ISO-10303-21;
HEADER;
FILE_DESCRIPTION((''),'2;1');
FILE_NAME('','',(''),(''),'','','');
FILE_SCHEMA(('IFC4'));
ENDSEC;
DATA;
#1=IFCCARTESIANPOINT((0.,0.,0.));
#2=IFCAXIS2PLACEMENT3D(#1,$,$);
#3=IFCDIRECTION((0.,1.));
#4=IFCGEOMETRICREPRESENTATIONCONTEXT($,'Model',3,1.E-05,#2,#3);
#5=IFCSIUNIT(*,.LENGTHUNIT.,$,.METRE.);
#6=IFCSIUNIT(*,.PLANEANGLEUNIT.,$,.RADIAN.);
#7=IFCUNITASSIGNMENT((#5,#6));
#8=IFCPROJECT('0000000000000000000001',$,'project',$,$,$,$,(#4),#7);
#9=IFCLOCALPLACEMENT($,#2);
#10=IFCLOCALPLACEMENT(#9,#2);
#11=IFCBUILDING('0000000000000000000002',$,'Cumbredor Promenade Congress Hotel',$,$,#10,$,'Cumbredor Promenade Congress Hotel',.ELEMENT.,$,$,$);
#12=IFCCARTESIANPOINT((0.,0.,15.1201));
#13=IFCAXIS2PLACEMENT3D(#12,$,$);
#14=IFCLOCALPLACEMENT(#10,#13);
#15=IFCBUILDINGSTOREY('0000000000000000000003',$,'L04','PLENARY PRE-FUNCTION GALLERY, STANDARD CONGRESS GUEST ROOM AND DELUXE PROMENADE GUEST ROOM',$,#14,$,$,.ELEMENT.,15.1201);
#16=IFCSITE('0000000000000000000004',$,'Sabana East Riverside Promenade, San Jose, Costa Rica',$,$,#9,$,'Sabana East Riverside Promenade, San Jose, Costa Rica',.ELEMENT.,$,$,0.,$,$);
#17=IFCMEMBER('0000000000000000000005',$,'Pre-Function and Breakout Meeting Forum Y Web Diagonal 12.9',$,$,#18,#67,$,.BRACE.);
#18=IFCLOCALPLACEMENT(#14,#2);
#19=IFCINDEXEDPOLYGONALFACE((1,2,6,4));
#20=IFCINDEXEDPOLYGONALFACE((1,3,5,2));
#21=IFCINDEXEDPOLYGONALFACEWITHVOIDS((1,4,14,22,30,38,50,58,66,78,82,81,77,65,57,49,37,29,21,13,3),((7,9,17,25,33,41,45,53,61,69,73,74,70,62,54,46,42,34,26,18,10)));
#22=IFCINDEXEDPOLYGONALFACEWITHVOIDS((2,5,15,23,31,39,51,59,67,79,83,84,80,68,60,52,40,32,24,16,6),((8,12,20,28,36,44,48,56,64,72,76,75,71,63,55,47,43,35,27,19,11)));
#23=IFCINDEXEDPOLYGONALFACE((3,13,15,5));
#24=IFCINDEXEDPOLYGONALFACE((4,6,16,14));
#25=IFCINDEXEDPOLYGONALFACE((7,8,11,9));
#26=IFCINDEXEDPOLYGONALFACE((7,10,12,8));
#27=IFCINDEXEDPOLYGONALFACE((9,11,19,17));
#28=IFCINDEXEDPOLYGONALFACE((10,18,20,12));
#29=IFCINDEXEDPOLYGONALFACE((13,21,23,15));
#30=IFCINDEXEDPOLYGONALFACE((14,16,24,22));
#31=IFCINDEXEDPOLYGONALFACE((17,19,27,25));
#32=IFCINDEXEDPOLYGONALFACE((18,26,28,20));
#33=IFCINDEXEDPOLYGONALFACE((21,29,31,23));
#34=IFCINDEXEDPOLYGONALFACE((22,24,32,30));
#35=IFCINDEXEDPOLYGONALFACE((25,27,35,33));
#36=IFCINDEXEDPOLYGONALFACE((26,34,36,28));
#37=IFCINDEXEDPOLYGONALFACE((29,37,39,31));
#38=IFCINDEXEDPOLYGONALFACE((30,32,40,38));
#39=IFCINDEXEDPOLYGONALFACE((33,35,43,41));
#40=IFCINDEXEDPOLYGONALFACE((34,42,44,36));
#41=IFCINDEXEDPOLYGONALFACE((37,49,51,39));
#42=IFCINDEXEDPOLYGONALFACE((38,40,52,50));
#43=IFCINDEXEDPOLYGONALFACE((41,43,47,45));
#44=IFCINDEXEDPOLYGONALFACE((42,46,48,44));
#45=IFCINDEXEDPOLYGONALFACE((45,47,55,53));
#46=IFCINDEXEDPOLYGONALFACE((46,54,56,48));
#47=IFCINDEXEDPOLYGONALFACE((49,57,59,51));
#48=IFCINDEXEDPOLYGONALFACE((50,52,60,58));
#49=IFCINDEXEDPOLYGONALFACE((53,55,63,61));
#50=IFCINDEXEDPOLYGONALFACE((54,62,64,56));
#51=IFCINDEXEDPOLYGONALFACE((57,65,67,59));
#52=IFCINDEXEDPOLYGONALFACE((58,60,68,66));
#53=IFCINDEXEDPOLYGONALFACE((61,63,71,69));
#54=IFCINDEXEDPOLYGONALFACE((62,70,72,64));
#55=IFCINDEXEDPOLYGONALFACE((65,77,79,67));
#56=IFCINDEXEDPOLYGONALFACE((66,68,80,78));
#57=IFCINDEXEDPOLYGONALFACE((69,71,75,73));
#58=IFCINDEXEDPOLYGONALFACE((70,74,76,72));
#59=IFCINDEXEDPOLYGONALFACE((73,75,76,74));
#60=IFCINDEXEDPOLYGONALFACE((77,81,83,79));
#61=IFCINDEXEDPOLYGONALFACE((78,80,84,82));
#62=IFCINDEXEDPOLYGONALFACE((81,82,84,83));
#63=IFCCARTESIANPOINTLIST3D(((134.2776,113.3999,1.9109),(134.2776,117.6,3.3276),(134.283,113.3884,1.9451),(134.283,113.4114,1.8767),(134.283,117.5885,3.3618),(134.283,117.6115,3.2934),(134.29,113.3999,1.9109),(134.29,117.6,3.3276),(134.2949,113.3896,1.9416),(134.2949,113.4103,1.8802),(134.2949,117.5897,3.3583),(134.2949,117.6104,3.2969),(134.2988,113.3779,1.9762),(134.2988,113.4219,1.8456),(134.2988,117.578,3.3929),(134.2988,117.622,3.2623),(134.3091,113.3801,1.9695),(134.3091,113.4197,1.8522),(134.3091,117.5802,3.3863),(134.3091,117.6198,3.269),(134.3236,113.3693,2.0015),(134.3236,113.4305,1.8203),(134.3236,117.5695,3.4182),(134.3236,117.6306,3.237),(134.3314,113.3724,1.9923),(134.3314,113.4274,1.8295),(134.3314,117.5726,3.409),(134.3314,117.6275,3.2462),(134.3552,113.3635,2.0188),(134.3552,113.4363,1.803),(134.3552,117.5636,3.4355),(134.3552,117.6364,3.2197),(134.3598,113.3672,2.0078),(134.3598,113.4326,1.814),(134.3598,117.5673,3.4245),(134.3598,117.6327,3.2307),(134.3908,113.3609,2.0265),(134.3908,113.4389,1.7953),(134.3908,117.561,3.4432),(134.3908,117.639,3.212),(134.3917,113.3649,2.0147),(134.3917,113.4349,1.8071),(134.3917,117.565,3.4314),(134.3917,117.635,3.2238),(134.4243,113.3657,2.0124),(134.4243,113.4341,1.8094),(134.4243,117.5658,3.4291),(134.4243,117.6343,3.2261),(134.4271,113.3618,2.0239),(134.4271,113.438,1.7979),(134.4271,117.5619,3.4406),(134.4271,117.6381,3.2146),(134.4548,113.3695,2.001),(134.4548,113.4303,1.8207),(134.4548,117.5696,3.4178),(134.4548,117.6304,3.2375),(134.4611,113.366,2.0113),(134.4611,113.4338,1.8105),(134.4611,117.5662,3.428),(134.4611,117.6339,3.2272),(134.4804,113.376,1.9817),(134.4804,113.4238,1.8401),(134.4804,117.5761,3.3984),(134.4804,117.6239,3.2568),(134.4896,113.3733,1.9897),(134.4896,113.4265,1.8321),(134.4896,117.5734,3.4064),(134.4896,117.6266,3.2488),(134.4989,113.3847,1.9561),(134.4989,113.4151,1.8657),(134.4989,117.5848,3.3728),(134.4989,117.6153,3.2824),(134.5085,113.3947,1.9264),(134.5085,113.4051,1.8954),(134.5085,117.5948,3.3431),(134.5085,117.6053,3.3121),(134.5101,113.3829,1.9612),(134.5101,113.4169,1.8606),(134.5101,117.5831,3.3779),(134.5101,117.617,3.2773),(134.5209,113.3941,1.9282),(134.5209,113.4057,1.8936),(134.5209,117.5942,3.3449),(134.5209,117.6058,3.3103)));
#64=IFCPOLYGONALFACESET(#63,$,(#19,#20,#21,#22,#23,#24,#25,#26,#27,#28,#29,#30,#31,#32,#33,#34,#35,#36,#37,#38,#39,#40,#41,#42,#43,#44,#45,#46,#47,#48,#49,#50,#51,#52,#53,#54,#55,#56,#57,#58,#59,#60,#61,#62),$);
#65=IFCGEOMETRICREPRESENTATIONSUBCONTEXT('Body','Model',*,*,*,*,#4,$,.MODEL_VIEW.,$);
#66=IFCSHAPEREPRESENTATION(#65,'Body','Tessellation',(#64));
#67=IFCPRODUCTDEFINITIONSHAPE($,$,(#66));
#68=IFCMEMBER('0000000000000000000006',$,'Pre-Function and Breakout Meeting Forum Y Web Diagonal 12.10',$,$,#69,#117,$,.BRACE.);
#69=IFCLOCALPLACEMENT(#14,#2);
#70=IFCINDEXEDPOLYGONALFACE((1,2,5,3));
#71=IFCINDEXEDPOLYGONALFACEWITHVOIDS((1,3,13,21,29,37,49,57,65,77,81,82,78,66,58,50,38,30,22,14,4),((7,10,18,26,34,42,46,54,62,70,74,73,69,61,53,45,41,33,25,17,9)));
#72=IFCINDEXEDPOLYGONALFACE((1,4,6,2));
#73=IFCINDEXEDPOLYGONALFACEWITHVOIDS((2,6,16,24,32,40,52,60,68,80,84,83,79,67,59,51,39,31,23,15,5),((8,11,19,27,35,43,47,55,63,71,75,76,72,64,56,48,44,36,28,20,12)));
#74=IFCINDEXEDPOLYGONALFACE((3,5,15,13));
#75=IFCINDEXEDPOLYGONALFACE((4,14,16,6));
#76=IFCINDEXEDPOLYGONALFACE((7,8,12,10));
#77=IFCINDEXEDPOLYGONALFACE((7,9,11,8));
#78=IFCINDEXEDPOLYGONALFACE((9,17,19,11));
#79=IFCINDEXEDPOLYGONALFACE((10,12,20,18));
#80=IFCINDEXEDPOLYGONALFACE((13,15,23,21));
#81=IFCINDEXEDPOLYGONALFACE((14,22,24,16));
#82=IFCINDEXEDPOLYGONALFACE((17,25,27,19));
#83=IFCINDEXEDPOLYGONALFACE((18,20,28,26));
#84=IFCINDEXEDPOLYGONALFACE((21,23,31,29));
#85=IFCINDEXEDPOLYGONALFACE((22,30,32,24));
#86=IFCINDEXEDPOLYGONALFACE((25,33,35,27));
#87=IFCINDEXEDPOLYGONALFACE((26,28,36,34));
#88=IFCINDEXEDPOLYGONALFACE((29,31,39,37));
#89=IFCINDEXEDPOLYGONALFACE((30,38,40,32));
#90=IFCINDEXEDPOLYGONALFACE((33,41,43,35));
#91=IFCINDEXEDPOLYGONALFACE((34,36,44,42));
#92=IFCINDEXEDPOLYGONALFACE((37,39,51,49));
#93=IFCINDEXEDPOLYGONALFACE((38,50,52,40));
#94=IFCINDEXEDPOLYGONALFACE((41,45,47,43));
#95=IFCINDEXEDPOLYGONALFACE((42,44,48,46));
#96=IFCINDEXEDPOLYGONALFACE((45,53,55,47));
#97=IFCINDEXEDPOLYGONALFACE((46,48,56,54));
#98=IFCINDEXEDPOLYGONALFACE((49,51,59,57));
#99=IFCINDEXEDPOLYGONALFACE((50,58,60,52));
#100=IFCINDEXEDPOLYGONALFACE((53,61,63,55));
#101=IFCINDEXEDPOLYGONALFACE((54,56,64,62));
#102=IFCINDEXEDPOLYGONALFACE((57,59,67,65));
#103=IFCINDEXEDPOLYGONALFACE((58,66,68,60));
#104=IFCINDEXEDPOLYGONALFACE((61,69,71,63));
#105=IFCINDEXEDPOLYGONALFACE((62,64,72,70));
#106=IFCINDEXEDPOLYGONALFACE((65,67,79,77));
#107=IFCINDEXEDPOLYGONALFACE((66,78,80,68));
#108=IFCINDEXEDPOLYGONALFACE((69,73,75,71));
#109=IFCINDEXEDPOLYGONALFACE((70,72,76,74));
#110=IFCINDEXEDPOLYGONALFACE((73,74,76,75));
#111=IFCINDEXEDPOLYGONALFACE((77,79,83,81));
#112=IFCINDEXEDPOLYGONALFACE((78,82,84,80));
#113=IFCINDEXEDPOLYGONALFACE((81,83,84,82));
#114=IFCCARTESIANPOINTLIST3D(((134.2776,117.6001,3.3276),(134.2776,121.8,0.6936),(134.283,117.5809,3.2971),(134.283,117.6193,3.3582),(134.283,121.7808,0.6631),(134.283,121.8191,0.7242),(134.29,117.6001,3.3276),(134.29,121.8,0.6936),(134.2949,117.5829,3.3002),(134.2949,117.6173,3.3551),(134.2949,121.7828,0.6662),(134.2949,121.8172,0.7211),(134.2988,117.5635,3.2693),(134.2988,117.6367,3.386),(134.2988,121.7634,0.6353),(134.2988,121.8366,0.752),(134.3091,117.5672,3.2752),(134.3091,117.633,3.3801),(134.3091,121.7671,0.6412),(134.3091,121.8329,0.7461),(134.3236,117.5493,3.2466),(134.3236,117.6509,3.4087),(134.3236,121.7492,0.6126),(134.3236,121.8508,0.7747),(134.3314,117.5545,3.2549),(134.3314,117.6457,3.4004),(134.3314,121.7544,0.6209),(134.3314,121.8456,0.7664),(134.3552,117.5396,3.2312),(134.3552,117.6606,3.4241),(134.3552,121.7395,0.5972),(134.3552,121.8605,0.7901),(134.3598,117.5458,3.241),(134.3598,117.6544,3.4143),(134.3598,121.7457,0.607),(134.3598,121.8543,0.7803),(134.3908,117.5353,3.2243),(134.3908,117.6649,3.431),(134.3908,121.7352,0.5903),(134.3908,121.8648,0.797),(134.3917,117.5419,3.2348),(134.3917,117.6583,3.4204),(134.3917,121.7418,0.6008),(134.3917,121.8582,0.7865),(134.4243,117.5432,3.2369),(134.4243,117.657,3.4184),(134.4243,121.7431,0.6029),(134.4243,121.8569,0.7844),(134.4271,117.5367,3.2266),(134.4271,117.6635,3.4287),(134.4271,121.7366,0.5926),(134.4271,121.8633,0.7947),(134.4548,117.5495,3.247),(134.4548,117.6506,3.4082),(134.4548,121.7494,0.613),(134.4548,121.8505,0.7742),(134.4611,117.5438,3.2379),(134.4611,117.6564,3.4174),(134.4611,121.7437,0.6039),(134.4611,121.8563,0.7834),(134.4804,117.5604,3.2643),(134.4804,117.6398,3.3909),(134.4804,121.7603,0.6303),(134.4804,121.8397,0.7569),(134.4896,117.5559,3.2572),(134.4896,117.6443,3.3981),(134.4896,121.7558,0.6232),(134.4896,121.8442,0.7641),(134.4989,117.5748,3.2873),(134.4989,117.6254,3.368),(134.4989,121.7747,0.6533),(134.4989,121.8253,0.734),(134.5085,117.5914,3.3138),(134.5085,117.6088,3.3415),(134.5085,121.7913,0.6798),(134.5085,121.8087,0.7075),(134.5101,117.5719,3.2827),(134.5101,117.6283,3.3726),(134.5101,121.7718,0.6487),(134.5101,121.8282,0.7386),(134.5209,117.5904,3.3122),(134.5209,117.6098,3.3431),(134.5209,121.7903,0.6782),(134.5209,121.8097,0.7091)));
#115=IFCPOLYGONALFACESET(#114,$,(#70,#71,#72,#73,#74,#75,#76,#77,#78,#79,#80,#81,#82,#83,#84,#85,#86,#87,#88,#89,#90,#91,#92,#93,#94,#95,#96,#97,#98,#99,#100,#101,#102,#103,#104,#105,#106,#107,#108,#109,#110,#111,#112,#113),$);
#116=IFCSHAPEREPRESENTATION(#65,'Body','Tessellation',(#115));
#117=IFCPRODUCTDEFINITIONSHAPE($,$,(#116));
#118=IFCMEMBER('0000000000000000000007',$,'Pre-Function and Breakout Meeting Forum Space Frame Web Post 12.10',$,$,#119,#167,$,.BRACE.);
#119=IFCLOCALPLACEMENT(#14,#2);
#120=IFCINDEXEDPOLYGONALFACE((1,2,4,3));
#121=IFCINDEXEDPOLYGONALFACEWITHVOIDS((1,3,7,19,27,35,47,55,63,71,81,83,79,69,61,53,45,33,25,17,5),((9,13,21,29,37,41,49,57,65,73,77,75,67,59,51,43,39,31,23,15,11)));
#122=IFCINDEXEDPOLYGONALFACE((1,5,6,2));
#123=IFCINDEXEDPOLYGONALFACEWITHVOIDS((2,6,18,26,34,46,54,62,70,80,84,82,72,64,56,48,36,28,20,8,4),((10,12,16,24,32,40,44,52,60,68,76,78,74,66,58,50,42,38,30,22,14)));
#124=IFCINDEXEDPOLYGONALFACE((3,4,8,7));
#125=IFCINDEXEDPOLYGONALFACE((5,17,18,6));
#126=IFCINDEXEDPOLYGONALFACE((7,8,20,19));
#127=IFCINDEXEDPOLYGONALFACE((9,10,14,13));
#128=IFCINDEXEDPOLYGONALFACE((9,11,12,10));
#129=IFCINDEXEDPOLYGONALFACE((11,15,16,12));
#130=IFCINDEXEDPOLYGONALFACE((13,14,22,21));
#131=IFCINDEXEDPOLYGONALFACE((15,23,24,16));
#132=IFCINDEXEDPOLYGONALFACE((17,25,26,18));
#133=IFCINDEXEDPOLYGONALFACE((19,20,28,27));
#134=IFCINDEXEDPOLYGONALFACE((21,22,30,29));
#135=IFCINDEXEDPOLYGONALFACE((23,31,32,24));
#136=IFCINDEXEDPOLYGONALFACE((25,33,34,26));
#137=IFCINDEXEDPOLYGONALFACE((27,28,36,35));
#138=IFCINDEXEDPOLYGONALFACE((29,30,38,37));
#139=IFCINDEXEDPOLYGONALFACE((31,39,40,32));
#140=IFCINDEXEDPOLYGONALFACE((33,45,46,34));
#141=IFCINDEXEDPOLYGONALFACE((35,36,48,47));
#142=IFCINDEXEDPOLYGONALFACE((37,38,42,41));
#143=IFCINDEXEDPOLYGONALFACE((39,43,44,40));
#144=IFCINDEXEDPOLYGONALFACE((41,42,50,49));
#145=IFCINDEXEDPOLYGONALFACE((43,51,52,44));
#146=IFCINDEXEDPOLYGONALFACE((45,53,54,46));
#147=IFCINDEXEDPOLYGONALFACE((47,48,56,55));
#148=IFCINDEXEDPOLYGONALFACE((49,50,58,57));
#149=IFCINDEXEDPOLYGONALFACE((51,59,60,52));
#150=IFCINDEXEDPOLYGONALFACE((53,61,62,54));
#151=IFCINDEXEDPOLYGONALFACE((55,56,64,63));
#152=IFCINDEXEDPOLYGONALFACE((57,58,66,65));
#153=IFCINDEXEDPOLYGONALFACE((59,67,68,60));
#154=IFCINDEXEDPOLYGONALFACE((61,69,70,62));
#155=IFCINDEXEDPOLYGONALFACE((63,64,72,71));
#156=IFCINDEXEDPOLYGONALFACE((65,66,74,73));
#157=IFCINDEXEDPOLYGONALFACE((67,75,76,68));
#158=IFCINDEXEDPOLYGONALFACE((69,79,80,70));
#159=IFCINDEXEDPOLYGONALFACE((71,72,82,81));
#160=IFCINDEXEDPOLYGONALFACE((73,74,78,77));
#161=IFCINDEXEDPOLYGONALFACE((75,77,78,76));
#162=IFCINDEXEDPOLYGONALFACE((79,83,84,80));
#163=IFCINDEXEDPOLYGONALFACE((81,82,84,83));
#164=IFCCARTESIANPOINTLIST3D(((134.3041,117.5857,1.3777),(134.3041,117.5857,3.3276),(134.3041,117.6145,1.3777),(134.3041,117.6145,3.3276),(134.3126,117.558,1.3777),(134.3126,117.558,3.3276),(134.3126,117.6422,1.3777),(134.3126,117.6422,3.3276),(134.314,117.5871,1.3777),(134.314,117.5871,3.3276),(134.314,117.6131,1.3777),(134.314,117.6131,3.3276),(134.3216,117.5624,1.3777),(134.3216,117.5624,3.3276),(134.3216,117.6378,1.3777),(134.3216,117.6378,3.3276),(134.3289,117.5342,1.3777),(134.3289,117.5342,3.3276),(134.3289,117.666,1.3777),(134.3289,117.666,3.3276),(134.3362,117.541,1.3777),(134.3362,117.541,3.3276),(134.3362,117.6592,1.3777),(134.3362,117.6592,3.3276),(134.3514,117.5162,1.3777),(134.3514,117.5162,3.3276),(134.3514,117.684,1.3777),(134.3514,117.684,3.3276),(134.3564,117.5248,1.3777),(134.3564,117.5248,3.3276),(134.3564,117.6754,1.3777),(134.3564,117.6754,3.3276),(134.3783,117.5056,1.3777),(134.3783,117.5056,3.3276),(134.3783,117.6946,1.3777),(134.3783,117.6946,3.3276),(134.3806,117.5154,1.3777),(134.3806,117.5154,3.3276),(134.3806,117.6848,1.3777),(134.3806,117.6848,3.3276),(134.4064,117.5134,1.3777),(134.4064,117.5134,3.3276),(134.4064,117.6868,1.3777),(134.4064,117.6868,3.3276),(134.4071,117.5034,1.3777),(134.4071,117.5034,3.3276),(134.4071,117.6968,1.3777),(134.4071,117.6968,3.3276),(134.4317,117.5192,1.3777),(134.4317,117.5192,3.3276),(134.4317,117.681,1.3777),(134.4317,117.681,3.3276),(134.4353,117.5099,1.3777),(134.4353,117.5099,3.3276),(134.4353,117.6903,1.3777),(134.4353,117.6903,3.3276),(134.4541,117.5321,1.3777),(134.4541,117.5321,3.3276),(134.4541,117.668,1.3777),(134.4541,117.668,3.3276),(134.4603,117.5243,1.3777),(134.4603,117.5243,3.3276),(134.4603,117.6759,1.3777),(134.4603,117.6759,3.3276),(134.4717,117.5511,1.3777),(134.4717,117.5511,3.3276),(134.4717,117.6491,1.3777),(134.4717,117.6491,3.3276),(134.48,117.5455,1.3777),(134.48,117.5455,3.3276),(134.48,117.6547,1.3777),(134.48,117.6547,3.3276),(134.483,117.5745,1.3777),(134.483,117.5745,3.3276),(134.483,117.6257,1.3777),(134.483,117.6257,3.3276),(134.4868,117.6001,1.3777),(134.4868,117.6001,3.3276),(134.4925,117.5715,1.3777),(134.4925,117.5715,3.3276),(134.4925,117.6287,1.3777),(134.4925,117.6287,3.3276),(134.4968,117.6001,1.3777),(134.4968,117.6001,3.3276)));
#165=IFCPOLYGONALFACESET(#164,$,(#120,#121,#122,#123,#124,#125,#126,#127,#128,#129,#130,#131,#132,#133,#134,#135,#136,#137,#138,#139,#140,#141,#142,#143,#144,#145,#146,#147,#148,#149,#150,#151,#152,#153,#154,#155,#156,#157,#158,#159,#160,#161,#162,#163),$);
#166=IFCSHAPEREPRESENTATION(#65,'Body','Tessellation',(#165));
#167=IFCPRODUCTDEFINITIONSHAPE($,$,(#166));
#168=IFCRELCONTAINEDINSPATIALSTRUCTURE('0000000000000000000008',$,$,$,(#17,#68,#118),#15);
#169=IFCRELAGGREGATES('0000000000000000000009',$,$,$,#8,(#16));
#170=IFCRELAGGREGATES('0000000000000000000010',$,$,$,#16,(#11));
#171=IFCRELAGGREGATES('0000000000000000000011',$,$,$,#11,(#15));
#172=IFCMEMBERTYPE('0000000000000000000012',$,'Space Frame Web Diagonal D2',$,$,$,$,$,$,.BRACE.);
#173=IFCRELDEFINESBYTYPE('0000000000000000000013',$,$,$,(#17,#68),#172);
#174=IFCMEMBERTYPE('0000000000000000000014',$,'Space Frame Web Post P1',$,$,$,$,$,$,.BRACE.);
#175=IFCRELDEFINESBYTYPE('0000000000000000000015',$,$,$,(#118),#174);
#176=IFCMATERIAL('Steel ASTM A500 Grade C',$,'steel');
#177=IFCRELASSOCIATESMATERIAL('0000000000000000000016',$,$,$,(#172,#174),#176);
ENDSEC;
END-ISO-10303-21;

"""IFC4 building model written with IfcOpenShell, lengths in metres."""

from ifc_helpers import new_model, si_unit, direction, frame, origin, origin_2d, place, context, subcontext, project, spatial, hollow_circle, extrude, material, material_profile, profile_set, type_object, element, save


model = new_model("IFC4")

# Units and contexts
model_context = context("Model", 3, precision=1e-05, world=origin(), true_north=direction((0.0, 1.0)))
body_context = subcontext(model_context, "Body", "Model", "MODEL_VIEW")
ifc_project = project(units=[si_unit("LENGTHUNIT", "METRE"), si_unit("PLANEANGLEUNIT", "RADIAN")], contexts=[model_context])

# Site, building, storey
site_placement = place(None, origin())
site = spatial("IfcSite", under=ifc_project, at=site_placement, Name="Sabana East Riverside Promenade, San Jose, Costa Rica", LongName="Sabana East Riverside Promenade, San Jose, Costa Rica", CompositionType="ELEMENT", RefElevation=0.0)
building_placement = place(site_placement, origin())
building = spatial("IfcBuilding", under=site, at=building_placement, Name="Cumbredor Promenade Congress Hotel", LongName="Cumbredor Promenade Congress Hotel", CompositionType="ELEMENT")
storey_placement = place(building_placement, frame((0.0, 0.0, 15.1201)))
storey = spatial("IfcBuildingStorey", under=building, at=storey_placement, Name="L04", Description="PLENARY PRE-FUNCTION GALLERY, STANDARD CONGRESS GUEST ROOM AND DELUXE PROMENADE GUEST ROOM", CompositionType="ELEMENT", Elevation=15.1201)

# Members
ifc_material_1 = material(Name="Steel ASTM A500 Grade C", Category="steel")
ifc_material_profile_1 = material_profile(ifc_material_1, hollow_circle(Radius=0.1223, WallThickness=0.0125, at=origin_2d()), Name="CHS 244.5x12.5")
ifc_profile_set_1 = profile_set([ifc_material_profile_1], Name="Steel ASTM A500 Grade C")
member_type_1 = type_object("IfcMemberType", Name="Space Frame Web Diagonal D2", PredefinedType="BRACE", material=ifc_profile_set_1)
member_1_placement = place(storey_placement, frame((134.3999, 113.3999, 1.9109), z_axis=(0.0, 0.947548, 0.319613), x_axis=(-1.0, 0.0, 0.0)))
element("IfcMember", 1, at=member_1_placement, inside=storey, type_object=member_type_1, Name="Pre-Function and Breakout Meeting Forum Y Web Diagonal 12.9", PredefinedType="BRACE", context=body_context, shape_type="SweptSolid", body=[
    extrude(hollow_circle(Radius=0.1223, WallThickness=0.0125, at=origin_2d()), origin(), (0.0, 0.0, 1.0), 4.4326),
])
member_2_placement = place(storey_placement, frame((134.3999, 117.6001, 3.3276), z_axis=(0.0, 0.847176, -0.531313), x_axis=(-1.0, 0.0, 0.0)))
element("IfcMember", 2, at=member_2_placement, inside=storey, type_object=member_type_1, Name="Pre-Function and Breakout Meeting Forum Y Web Diagonal 12.10", PredefinedType="BRACE", context=body_context, shape_type="SweptSolid", body=[
    extrude(hollow_circle(Radius=0.1223, WallThickness=0.0125, at=origin_2d()), origin(), (0.0, 0.0, 1.0), 4.9575),
])
ifc_material_profile_2 = material_profile(ifc_material_1, hollow_circle(Radius=0.0969, WallThickness=0.01, at=origin_2d()), Name="CHS 193.7x10")
ifc_profile_set_2 = profile_set([ifc_material_profile_2], Name="Steel ASTM A500 Grade C")
member_type_2 = type_object("IfcMemberType", Name="Space Frame Web Post P1", PredefinedType="BRACE", material=ifc_profile_set_2)
for number, where, z_axis, x_axis, name in (
    (3, (134.3999, 117.6001, 1.3777), (0.0, 0.0, 1.0), (1.0, 0.0, 0.0), "Pre-Function and Breakout Meeting Forum Space Frame Web Post 12.10"),
):
    element("IfcMember", number, at=place(storey_placement, frame(where, z_axis=z_axis, x_axis=x_axis)), inside=storey, type_object=member_type_2, Name=name, PredefinedType="BRACE", context=body_context, shape_type="SweptSolid", body=[
        extrude(hollow_circle(Radius=0.0969, WallThickness=0.01, at=origin_2d()), origin(), (0.0, 0.0, 1.0), 1.95),
    ])

save(model, "model.ifc")
